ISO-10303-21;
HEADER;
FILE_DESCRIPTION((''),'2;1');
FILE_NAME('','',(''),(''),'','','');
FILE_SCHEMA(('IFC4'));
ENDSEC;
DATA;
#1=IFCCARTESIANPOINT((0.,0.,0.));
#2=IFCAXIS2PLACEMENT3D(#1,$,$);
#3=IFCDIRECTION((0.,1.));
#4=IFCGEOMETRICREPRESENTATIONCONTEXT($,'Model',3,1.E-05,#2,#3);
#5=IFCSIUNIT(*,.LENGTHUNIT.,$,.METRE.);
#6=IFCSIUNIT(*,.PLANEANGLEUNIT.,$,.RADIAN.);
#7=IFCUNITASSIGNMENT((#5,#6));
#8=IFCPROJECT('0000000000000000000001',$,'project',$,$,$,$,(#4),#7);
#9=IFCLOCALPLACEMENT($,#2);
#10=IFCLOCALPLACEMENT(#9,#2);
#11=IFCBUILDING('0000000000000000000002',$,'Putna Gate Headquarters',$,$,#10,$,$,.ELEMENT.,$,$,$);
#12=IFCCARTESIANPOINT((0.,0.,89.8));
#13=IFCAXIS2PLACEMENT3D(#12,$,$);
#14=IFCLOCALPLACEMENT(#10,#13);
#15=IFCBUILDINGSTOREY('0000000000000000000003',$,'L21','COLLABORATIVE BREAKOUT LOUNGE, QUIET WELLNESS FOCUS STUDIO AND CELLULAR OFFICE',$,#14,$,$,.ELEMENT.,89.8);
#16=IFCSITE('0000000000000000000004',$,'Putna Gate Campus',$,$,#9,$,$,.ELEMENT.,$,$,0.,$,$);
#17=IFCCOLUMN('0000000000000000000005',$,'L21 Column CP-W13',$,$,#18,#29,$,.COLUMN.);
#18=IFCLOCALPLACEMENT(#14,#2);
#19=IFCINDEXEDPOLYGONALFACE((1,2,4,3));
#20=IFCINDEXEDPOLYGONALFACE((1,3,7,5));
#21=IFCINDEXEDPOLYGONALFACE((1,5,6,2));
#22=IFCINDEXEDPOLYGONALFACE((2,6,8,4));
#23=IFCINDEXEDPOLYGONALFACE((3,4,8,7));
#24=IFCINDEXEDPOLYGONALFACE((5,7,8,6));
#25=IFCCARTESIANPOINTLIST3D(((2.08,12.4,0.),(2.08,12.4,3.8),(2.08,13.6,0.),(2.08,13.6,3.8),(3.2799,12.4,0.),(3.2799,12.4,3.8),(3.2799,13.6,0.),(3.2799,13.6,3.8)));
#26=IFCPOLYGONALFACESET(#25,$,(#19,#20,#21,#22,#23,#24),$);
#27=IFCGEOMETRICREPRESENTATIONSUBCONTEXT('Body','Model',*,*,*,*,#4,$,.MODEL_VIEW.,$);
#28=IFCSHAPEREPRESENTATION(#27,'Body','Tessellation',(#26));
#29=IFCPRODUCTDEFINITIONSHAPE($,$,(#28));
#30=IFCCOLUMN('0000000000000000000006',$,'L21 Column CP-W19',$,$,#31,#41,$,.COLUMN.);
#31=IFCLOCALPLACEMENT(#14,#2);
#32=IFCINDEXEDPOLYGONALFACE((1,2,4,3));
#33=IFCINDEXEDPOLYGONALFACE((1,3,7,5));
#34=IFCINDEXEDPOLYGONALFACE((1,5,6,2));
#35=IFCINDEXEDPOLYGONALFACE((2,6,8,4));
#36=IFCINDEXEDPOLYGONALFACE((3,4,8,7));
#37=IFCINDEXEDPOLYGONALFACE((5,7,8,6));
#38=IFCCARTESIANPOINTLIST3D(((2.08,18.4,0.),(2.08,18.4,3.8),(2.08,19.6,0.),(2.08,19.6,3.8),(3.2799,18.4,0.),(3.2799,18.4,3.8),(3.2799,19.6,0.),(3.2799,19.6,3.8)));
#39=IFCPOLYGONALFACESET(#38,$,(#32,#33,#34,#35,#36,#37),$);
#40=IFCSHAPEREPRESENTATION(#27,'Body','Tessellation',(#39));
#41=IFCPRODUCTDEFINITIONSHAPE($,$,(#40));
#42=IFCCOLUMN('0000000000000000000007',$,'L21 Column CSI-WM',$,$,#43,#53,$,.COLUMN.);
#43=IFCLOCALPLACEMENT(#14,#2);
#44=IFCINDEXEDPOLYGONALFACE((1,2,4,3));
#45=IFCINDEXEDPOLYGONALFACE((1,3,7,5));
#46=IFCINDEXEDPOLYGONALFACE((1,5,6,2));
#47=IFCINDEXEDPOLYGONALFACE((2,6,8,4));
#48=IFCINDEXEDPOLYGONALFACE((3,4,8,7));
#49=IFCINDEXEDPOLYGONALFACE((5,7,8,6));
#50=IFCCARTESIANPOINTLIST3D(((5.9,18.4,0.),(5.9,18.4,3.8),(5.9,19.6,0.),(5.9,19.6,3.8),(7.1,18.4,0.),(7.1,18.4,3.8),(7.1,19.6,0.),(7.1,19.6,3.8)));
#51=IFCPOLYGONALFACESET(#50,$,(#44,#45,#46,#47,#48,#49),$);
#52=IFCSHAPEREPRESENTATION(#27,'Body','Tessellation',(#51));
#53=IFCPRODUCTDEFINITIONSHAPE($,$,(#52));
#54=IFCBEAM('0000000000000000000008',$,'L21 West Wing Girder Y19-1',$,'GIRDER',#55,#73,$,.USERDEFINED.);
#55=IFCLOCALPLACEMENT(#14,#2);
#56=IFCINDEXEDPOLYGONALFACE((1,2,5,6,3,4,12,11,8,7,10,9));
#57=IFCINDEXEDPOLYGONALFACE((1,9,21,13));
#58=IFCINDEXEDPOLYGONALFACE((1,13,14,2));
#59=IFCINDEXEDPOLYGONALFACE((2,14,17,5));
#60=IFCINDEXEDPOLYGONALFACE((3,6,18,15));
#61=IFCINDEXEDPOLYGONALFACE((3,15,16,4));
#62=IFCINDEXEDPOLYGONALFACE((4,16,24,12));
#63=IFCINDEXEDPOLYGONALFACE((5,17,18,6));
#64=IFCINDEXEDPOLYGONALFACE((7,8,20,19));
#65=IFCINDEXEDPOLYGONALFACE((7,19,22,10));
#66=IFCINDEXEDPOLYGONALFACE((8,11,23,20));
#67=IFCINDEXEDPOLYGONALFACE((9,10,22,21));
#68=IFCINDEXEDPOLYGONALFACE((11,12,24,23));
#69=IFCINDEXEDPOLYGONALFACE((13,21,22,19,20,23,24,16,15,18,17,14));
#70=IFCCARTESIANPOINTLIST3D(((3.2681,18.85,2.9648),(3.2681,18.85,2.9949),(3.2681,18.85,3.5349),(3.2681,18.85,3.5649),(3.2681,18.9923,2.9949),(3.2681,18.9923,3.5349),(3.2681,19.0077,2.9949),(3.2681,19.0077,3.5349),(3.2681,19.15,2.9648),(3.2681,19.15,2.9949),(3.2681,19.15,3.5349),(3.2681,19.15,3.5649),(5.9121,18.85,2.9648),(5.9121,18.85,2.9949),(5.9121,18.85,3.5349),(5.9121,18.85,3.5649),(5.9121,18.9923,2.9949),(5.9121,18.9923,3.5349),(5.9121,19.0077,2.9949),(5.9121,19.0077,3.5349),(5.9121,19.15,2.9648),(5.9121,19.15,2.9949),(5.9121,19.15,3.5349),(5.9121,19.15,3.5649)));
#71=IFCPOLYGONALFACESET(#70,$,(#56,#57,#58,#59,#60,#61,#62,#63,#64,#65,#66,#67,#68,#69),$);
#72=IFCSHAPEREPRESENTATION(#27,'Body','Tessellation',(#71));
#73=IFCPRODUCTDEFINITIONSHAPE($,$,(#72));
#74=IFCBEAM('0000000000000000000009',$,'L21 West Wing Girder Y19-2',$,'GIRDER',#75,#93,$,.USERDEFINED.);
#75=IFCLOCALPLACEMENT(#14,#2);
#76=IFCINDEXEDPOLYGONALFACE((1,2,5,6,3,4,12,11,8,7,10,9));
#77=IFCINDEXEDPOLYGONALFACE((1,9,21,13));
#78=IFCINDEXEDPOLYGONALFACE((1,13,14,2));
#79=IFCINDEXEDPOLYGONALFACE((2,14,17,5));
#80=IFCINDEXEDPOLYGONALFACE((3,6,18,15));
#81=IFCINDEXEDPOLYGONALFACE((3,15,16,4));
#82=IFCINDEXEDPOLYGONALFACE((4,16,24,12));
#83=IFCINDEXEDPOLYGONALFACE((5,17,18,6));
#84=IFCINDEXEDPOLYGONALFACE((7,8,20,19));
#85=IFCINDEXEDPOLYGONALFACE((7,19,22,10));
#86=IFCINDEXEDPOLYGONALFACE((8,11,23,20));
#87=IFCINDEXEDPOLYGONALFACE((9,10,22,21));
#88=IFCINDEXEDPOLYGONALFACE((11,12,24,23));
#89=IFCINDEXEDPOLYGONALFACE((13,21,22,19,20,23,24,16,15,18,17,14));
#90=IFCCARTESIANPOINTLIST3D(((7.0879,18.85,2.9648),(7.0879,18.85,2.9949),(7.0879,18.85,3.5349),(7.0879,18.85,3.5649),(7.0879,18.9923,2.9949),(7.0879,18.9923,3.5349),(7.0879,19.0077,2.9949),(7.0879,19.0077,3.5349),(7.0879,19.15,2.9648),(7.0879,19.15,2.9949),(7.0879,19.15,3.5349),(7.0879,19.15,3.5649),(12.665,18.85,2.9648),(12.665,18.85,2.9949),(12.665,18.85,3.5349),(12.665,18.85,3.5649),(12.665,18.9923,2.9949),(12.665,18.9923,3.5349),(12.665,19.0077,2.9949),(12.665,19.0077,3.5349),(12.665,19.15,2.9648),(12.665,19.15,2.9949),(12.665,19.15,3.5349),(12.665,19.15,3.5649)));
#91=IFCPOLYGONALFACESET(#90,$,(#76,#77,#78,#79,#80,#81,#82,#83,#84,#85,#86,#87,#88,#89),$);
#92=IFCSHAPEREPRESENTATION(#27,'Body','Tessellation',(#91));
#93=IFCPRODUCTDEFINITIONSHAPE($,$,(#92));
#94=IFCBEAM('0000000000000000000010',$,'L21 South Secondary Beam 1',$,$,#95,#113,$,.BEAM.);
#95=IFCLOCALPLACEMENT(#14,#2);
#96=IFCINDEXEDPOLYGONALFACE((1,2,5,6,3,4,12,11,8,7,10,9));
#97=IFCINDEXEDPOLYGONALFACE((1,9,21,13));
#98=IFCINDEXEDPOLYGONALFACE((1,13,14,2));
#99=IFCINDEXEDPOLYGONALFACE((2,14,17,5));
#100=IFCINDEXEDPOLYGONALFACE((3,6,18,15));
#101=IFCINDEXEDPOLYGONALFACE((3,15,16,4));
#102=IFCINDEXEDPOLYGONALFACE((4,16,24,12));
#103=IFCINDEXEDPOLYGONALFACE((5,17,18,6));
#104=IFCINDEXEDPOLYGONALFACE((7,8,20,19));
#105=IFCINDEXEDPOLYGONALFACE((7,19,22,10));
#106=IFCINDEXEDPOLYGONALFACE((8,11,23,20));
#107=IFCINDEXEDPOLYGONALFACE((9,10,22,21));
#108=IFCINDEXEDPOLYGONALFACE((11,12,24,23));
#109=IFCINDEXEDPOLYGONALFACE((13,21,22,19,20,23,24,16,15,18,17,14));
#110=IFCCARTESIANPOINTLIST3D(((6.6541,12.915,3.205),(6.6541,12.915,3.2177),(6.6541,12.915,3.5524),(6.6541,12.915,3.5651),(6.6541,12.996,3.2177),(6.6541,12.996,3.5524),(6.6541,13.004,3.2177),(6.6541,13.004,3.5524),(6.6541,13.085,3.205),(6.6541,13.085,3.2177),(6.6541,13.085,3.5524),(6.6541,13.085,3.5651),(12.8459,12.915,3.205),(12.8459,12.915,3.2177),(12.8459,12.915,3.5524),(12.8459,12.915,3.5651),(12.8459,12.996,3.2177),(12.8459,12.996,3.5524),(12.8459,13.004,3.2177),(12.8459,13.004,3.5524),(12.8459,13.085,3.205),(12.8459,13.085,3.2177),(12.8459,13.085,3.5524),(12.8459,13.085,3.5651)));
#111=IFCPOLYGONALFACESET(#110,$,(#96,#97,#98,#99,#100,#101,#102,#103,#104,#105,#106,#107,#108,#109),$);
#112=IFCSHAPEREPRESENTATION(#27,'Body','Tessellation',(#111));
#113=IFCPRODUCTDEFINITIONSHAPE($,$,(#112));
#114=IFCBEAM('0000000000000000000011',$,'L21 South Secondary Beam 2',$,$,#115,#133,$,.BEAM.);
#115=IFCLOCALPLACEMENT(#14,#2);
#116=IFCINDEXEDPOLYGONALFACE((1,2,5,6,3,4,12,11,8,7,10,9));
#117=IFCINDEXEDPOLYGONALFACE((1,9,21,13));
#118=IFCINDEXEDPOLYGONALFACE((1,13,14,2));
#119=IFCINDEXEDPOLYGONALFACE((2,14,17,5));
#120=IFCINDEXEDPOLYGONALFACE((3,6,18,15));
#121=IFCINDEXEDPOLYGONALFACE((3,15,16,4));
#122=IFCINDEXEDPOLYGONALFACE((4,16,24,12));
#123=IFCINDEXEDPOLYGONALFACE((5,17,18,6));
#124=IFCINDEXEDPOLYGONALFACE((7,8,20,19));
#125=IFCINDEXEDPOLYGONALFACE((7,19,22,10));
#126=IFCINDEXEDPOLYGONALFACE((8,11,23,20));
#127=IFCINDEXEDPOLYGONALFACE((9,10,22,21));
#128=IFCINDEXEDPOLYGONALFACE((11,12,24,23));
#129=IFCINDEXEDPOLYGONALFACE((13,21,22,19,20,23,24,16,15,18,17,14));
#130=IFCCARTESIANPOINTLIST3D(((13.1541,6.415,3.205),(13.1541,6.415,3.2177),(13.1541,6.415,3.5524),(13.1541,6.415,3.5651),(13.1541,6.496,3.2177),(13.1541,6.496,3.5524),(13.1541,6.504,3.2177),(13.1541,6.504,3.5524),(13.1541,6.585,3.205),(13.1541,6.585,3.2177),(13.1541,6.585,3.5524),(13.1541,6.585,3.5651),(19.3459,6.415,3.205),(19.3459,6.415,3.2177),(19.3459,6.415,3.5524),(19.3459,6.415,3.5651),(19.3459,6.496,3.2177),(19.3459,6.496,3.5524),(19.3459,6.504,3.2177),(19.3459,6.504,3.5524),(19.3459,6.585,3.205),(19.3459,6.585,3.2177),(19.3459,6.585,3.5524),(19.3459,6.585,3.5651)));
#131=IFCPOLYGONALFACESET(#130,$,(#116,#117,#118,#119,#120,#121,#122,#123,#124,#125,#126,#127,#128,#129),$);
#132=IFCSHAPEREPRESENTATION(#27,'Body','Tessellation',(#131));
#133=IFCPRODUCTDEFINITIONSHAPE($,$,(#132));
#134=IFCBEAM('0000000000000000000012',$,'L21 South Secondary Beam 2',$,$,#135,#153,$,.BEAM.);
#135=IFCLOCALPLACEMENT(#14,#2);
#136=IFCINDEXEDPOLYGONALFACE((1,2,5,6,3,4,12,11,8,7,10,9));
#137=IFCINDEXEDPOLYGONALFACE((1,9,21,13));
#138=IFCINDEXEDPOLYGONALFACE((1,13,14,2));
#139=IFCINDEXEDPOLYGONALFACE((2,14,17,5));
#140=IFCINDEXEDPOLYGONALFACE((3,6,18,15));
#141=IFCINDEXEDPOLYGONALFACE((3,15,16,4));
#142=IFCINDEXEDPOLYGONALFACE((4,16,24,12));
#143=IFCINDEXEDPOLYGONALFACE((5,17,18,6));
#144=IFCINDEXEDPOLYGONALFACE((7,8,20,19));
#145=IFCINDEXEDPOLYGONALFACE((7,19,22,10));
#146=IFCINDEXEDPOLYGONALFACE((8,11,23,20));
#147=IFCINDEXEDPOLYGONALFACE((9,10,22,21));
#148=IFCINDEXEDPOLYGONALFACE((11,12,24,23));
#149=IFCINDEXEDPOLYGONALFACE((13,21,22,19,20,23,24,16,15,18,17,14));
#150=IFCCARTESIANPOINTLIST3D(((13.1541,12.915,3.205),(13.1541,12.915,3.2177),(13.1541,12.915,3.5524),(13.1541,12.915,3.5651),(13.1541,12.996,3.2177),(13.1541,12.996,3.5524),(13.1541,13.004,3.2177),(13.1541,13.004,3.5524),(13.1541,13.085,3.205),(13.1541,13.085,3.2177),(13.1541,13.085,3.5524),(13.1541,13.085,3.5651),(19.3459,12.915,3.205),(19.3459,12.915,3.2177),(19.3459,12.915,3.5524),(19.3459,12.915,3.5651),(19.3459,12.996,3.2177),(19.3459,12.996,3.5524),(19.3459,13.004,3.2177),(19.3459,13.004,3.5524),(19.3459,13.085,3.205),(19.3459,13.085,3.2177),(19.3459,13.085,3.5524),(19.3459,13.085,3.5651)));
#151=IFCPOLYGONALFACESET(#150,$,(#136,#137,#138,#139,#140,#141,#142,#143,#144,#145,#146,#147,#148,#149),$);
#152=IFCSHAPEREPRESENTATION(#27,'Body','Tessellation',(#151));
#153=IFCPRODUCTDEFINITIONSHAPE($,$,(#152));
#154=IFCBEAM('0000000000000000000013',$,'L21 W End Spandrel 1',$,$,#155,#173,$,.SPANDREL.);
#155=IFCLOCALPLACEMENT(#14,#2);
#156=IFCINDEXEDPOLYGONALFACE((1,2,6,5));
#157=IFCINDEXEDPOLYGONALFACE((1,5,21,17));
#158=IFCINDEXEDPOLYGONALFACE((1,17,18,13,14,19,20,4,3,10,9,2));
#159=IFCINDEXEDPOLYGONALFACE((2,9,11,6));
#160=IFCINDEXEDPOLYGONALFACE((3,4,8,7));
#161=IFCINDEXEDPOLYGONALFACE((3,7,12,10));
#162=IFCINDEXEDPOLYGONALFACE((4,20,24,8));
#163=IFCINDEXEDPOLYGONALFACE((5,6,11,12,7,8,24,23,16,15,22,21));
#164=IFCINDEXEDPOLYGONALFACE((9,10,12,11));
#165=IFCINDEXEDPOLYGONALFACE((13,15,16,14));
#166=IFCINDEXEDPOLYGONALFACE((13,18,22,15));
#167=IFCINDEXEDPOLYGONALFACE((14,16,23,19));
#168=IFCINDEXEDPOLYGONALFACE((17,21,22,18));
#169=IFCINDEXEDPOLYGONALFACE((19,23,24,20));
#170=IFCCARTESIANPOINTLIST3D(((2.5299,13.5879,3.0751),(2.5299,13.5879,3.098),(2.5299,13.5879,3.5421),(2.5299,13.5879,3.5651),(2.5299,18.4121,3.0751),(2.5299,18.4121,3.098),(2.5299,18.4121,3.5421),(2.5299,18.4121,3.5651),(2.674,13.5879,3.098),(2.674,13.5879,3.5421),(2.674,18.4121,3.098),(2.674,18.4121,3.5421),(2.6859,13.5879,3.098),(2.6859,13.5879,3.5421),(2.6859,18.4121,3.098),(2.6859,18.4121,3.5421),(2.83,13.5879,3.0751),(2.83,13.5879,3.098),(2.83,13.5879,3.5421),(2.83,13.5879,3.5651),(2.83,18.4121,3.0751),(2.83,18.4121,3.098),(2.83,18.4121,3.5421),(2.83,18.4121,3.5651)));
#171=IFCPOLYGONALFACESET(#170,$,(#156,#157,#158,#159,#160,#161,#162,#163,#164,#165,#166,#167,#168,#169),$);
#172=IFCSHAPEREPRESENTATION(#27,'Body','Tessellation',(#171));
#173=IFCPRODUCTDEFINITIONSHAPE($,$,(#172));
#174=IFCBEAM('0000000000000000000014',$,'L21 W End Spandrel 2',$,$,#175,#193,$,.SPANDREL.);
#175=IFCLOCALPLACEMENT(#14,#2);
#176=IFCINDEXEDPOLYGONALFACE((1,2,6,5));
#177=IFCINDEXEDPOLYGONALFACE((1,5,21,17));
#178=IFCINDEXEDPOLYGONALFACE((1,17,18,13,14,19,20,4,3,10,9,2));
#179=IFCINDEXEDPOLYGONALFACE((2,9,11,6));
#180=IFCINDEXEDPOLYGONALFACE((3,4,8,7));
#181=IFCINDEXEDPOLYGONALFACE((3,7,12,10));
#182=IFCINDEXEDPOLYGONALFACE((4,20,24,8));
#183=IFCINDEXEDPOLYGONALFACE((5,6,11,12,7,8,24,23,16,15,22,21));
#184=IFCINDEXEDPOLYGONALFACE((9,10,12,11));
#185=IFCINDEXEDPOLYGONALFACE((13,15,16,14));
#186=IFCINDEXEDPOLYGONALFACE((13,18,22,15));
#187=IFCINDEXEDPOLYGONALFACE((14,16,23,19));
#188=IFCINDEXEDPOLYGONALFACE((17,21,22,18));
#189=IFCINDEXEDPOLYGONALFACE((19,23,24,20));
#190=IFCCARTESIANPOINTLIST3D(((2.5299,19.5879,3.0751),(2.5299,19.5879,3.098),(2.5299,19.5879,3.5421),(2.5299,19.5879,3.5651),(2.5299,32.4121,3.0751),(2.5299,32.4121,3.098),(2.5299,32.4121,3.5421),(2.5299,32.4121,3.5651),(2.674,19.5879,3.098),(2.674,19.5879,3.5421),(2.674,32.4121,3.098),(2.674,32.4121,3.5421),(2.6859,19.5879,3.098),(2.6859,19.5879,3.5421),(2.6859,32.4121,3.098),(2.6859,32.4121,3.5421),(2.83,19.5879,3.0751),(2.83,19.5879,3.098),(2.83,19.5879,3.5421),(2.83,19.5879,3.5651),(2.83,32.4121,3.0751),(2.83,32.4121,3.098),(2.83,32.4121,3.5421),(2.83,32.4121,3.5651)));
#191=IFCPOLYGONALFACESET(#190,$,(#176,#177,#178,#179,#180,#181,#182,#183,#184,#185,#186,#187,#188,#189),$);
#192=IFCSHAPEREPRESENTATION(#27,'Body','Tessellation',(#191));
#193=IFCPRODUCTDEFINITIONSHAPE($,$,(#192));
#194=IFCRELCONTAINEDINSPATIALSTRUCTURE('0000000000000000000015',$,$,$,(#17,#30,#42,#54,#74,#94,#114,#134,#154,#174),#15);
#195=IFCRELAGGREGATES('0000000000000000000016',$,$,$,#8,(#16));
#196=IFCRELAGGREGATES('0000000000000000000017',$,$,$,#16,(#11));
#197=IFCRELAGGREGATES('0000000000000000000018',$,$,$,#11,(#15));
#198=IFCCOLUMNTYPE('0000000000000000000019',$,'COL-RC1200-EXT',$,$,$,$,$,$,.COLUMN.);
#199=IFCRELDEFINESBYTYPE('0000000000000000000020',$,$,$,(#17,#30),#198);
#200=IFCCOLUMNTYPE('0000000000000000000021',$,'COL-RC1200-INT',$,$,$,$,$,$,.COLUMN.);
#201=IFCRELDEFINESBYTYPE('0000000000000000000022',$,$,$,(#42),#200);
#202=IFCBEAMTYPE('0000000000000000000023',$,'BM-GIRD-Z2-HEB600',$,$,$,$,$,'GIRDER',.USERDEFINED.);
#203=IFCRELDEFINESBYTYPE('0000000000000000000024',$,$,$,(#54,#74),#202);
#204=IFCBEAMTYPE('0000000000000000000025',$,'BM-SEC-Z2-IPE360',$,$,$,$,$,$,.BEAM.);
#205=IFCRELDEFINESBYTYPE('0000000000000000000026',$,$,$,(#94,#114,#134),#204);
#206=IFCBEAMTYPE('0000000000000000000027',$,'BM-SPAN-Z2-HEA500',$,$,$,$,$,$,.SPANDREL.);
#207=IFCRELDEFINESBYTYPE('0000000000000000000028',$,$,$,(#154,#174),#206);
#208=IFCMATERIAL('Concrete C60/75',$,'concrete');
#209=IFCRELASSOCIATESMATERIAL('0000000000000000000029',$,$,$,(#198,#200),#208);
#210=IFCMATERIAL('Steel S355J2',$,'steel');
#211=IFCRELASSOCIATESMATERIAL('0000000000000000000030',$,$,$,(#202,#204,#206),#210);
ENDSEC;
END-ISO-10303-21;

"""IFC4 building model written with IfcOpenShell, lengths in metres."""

from ifc_helpers import new_model, si_unit, direction, frame, origin, origin_2d, place, context, subcontext, project, spatial, rectangle, i_section, extrude, material, material_profile, profile_set, type_object, element, save


model = new_model("IFC4")

# Units and contexts
model_context = context("Model", 3, precision=1e-05, world=origin(), true_north=direction((0.0, 1.0)))
body_context = subcontext(model_context, "Body", "Model", "MODEL_VIEW")
ifc_project = project(units=[si_unit("LENGTHUNIT", "METRE"), si_unit("PLANEANGLEUNIT", "RADIAN")], contexts=[model_context])

# Site, building, storey
site_placement = place(None, origin())
site = spatial("IfcSite", under=ifc_project, at=site_placement, Name="Putna Gate Campus", CompositionType="ELEMENT", RefElevation=0.0)
building_placement = place(site_placement, origin())
building = spatial("IfcBuilding", under=site, at=building_placement, Name="Putna Gate Headquarters", CompositionType="ELEMENT")
storey_placement = place(building_placement, frame((0.0, 0.0, 89.8)))
storey = spatial("IfcBuildingStorey", under=building, at=storey_placement, Name="L21", Description="COLLABORATIVE BREAKOUT LOUNGE, QUIET WELLNESS FOCUS STUDIO AND CELLULAR OFFICE", CompositionType="ELEMENT", Elevation=89.8)

# Columns
ifc_material_1 = material(Name="Concrete C60/75", Category="concrete")
ifc_material_profile_1 = material_profile(ifc_material_1, rectangle(XDim=1.2, YDim=1.2, at=origin_2d()), Name="Concrete C60/75")
ifc_profile_set_1 = profile_set([ifc_material_profile_1], Name="Concrete C60/75")
column_type_1 = type_object("IfcColumnType", Name="COL-RC1200-EXT", PredefinedType="COLUMN", material=ifc_profile_set_1)
for number, where, z_axis, x_axis, name in (
    (1, (2.6799, 13.0, 0.0), (0.0, 0.0, 1.0), (1.0, 0.0, 0.0), "L21 Column CP-W13"),
    (2, (2.6799, 19.0, 0.0), (0.0, 0.0, 1.0), (1.0, 0.0, 0.0), "L21 Column CP-W19"),
):
    element("IfcColumn", number, at=place(storey_placement, frame(where, z_axis=z_axis, x_axis=x_axis)), inside=storey, type_object=column_type_1, Name=name, PredefinedType="COLUMN", context=body_context, shape_type="SweptSolid", body=[
        extrude(rectangle(XDim=1.2, YDim=1.2, at=origin_2d()), origin(), (0.0, 0.0, 1.0), 3.8),
    ])
ifc_material_profile_2 = material_profile(ifc_material_1, rectangle(XDim=1.2, YDim=1.2, at=origin_2d()), Name="Concrete C60/75")
ifc_profile_set_2 = profile_set([ifc_material_profile_2], Name="Concrete C60/75")
column_type_2 = type_object("IfcColumnType", Name="COL-RC1200-INT", PredefinedType="COLUMN", material=ifc_profile_set_2)
column_placement = place(storey_placement, frame((6.5, 19.0, 0.0), z_axis=(0.0, 0.0, 1.0), x_axis=(1.0, 0.0, 0.0)))
element("IfcColumn", 3, at=column_placement, inside=storey, type_object=column_type_2, Name="L21 Column CSI-WM", PredefinedType="COLUMN", context=body_context, shape_type="SweptSolid", body=[
    extrude(rectangle(XDim=1.2, YDim=1.2, at=origin_2d()), origin(), (0.0, 0.0, 1.0), 3.8),
])

# Beams
ifc_material_2 = material(Name="Steel S355J2", Category="steel")
ifc_material_profile_3 = material_profile(ifc_material_2, i_section(OverallWidth=0.3, OverallDepth=0.6001, WebThickness=0.0154, FlangeThickness=0.03, at=origin_2d()), Name="Steel S355J2")
ifc_profile_set_3 = profile_set([ifc_material_profile_3], Name="Steel S355J2")
beam_type_1 = type_object("IfcBeamType", Name="BM-GIRD-Z2-HEB600", ElementType="GIRDER", PredefinedType="USERDEFINED", material=ifc_profile_set_3)
beam_1_placement = place(storey_placement, frame((3.2681, 19.0, 3.2649), z_axis=(1.0, 0.0, 0.0), x_axis=(0.0, 1.0, 0.0)))
element("IfcBeam", 4, at=beam_1_placement, inside=storey, type_object=beam_type_1, Name="L21 West Wing Girder Y19-1", ObjectType="GIRDER", PredefinedType="USERDEFINED", context=body_context, shape_type="SweptSolid", body=[
    extrude(i_section(OverallWidth=0.3, OverallDepth=0.6001, WebThickness=0.0154, FlangeThickness=0.03, at=origin_2d()), origin(), (0.0, 0.0, 1.0), 2.644),
])
beam_2_placement = place(storey_placement, frame((7.0879, 19.0, 3.2649), z_axis=(1.0, 0.0, 0.0), x_axis=(0.0, 1.0, 0.0)))
element("IfcBeam", 5, at=beam_2_placement, inside=storey, type_object=beam_type_1, Name="L21 West Wing Girder Y19-2", ObjectType="GIRDER", PredefinedType="USERDEFINED", context=body_context, shape_type="SweptSolid", body=[
    extrude(i_section(OverallWidth=0.3, OverallDepth=0.6001, WebThickness=0.0154, FlangeThickness=0.03, at=origin_2d()), origin(), (0.0, 0.0, 1.0), 5.5771),
])
ifc_material_profile_4 = material_profile(ifc_material_2, i_section(OverallWidth=0.1699, OverallDepth=0.3601, WebThickness=0.0081, FlangeThickness=0.0127, at=origin_2d()), Name="Steel S355J2")
ifc_profile_set_4 = profile_set([ifc_material_profile_4], Name="Steel S355J2")
beam_type_2 = type_object("IfcBeamType", Name="BM-SEC-Z2-IPE360", PredefinedType="BEAM", material=ifc_profile_set_4)
for number, where, z_axis, x_axis, name in (
    (6, (6.6541, 13.0, 3.385), (1.0, 0.0, 0.0), (0.0, 1.0, 0.0), "L21 South Secondary Beam 1"),
    (7, (13.1541, 6.5, 3.385), (1.0, 0.0, 0.0), (0.0, 1.0, 0.0), "L21 South Secondary Beam 2"),
    (8, (13.1541, 13.0, 3.385), (1.0, 0.0, 0.0), (0.0, 1.0, 0.0), "L21 South Secondary Beam 2"),
):
    element("IfcBeam", number, at=place(storey_placement, frame(where, z_axis=z_axis, x_axis=x_axis)), inside=storey, type_object=beam_type_2, Name=name, PredefinedType="BEAM", context=body_context, shape_type="SweptSolid", body=[
        extrude(i_section(OverallWidth=0.1699, OverallDepth=0.3601, WebThickness=0.0081, FlangeThickness=0.0127, at=origin_2d()), origin(), (0.0, 0.0, 1.0), 6.1919),
    ])
ifc_material_profile_5 = material_profile(ifc_material_2, i_section(OverallWidth=0.3, OverallDepth=0.49, WebThickness=0.012, FlangeThickness=0.0229, at=origin_2d()), Name="Steel S355J2")
ifc_profile_set_5 = profile_set([ifc_material_profile_5], Name="Steel S355J2")
beam_type_3 = type_object("IfcBeamType", Name="BM-SPAN-Z2-HEA500", PredefinedType="SPANDREL", material=ifc_profile_set_5)
beam_3_placement = place(storey_placement, frame((2.6799, 13.5879, 3.3201), z_axis=(0.0, 1.0, 0.0), x_axis=(-1.0, 0.0, 0.0)))
element("IfcBeam", 9, at=beam_3_placement, inside=storey, type_object=beam_type_3, Name="L21 W End Spandrel 1", PredefinedType="SPANDREL", context=body_context, shape_type="SweptSolid", body=[
    extrude(i_section(OverallWidth=0.3, OverallDepth=0.49, WebThickness=0.012, FlangeThickness=0.0229, at=origin_2d()), origin(), (0.0, 0.0, 1.0), 4.8242),
])
beam_4_placement = place(storey_placement, frame((2.6799, 19.5879, 3.3201), z_axis=(0.0, 1.0, 0.0), x_axis=(-1.0, 0.0, 0.0)))
element("IfcBeam", 10, at=beam_4_placement, inside=storey, type_object=beam_type_3, Name="L21 W End Spandrel 2", PredefinedType="SPANDREL", context=body_context, shape_type="SweptSolid", body=[
    extrude(i_section(OverallWidth=0.3, OverallDepth=0.49, WebThickness=0.012, FlangeThickness=0.0229, at=origin_2d()), origin(), (0.0, 0.0, 1.0), 12.8242),
])

save(model, "model.ifc")
